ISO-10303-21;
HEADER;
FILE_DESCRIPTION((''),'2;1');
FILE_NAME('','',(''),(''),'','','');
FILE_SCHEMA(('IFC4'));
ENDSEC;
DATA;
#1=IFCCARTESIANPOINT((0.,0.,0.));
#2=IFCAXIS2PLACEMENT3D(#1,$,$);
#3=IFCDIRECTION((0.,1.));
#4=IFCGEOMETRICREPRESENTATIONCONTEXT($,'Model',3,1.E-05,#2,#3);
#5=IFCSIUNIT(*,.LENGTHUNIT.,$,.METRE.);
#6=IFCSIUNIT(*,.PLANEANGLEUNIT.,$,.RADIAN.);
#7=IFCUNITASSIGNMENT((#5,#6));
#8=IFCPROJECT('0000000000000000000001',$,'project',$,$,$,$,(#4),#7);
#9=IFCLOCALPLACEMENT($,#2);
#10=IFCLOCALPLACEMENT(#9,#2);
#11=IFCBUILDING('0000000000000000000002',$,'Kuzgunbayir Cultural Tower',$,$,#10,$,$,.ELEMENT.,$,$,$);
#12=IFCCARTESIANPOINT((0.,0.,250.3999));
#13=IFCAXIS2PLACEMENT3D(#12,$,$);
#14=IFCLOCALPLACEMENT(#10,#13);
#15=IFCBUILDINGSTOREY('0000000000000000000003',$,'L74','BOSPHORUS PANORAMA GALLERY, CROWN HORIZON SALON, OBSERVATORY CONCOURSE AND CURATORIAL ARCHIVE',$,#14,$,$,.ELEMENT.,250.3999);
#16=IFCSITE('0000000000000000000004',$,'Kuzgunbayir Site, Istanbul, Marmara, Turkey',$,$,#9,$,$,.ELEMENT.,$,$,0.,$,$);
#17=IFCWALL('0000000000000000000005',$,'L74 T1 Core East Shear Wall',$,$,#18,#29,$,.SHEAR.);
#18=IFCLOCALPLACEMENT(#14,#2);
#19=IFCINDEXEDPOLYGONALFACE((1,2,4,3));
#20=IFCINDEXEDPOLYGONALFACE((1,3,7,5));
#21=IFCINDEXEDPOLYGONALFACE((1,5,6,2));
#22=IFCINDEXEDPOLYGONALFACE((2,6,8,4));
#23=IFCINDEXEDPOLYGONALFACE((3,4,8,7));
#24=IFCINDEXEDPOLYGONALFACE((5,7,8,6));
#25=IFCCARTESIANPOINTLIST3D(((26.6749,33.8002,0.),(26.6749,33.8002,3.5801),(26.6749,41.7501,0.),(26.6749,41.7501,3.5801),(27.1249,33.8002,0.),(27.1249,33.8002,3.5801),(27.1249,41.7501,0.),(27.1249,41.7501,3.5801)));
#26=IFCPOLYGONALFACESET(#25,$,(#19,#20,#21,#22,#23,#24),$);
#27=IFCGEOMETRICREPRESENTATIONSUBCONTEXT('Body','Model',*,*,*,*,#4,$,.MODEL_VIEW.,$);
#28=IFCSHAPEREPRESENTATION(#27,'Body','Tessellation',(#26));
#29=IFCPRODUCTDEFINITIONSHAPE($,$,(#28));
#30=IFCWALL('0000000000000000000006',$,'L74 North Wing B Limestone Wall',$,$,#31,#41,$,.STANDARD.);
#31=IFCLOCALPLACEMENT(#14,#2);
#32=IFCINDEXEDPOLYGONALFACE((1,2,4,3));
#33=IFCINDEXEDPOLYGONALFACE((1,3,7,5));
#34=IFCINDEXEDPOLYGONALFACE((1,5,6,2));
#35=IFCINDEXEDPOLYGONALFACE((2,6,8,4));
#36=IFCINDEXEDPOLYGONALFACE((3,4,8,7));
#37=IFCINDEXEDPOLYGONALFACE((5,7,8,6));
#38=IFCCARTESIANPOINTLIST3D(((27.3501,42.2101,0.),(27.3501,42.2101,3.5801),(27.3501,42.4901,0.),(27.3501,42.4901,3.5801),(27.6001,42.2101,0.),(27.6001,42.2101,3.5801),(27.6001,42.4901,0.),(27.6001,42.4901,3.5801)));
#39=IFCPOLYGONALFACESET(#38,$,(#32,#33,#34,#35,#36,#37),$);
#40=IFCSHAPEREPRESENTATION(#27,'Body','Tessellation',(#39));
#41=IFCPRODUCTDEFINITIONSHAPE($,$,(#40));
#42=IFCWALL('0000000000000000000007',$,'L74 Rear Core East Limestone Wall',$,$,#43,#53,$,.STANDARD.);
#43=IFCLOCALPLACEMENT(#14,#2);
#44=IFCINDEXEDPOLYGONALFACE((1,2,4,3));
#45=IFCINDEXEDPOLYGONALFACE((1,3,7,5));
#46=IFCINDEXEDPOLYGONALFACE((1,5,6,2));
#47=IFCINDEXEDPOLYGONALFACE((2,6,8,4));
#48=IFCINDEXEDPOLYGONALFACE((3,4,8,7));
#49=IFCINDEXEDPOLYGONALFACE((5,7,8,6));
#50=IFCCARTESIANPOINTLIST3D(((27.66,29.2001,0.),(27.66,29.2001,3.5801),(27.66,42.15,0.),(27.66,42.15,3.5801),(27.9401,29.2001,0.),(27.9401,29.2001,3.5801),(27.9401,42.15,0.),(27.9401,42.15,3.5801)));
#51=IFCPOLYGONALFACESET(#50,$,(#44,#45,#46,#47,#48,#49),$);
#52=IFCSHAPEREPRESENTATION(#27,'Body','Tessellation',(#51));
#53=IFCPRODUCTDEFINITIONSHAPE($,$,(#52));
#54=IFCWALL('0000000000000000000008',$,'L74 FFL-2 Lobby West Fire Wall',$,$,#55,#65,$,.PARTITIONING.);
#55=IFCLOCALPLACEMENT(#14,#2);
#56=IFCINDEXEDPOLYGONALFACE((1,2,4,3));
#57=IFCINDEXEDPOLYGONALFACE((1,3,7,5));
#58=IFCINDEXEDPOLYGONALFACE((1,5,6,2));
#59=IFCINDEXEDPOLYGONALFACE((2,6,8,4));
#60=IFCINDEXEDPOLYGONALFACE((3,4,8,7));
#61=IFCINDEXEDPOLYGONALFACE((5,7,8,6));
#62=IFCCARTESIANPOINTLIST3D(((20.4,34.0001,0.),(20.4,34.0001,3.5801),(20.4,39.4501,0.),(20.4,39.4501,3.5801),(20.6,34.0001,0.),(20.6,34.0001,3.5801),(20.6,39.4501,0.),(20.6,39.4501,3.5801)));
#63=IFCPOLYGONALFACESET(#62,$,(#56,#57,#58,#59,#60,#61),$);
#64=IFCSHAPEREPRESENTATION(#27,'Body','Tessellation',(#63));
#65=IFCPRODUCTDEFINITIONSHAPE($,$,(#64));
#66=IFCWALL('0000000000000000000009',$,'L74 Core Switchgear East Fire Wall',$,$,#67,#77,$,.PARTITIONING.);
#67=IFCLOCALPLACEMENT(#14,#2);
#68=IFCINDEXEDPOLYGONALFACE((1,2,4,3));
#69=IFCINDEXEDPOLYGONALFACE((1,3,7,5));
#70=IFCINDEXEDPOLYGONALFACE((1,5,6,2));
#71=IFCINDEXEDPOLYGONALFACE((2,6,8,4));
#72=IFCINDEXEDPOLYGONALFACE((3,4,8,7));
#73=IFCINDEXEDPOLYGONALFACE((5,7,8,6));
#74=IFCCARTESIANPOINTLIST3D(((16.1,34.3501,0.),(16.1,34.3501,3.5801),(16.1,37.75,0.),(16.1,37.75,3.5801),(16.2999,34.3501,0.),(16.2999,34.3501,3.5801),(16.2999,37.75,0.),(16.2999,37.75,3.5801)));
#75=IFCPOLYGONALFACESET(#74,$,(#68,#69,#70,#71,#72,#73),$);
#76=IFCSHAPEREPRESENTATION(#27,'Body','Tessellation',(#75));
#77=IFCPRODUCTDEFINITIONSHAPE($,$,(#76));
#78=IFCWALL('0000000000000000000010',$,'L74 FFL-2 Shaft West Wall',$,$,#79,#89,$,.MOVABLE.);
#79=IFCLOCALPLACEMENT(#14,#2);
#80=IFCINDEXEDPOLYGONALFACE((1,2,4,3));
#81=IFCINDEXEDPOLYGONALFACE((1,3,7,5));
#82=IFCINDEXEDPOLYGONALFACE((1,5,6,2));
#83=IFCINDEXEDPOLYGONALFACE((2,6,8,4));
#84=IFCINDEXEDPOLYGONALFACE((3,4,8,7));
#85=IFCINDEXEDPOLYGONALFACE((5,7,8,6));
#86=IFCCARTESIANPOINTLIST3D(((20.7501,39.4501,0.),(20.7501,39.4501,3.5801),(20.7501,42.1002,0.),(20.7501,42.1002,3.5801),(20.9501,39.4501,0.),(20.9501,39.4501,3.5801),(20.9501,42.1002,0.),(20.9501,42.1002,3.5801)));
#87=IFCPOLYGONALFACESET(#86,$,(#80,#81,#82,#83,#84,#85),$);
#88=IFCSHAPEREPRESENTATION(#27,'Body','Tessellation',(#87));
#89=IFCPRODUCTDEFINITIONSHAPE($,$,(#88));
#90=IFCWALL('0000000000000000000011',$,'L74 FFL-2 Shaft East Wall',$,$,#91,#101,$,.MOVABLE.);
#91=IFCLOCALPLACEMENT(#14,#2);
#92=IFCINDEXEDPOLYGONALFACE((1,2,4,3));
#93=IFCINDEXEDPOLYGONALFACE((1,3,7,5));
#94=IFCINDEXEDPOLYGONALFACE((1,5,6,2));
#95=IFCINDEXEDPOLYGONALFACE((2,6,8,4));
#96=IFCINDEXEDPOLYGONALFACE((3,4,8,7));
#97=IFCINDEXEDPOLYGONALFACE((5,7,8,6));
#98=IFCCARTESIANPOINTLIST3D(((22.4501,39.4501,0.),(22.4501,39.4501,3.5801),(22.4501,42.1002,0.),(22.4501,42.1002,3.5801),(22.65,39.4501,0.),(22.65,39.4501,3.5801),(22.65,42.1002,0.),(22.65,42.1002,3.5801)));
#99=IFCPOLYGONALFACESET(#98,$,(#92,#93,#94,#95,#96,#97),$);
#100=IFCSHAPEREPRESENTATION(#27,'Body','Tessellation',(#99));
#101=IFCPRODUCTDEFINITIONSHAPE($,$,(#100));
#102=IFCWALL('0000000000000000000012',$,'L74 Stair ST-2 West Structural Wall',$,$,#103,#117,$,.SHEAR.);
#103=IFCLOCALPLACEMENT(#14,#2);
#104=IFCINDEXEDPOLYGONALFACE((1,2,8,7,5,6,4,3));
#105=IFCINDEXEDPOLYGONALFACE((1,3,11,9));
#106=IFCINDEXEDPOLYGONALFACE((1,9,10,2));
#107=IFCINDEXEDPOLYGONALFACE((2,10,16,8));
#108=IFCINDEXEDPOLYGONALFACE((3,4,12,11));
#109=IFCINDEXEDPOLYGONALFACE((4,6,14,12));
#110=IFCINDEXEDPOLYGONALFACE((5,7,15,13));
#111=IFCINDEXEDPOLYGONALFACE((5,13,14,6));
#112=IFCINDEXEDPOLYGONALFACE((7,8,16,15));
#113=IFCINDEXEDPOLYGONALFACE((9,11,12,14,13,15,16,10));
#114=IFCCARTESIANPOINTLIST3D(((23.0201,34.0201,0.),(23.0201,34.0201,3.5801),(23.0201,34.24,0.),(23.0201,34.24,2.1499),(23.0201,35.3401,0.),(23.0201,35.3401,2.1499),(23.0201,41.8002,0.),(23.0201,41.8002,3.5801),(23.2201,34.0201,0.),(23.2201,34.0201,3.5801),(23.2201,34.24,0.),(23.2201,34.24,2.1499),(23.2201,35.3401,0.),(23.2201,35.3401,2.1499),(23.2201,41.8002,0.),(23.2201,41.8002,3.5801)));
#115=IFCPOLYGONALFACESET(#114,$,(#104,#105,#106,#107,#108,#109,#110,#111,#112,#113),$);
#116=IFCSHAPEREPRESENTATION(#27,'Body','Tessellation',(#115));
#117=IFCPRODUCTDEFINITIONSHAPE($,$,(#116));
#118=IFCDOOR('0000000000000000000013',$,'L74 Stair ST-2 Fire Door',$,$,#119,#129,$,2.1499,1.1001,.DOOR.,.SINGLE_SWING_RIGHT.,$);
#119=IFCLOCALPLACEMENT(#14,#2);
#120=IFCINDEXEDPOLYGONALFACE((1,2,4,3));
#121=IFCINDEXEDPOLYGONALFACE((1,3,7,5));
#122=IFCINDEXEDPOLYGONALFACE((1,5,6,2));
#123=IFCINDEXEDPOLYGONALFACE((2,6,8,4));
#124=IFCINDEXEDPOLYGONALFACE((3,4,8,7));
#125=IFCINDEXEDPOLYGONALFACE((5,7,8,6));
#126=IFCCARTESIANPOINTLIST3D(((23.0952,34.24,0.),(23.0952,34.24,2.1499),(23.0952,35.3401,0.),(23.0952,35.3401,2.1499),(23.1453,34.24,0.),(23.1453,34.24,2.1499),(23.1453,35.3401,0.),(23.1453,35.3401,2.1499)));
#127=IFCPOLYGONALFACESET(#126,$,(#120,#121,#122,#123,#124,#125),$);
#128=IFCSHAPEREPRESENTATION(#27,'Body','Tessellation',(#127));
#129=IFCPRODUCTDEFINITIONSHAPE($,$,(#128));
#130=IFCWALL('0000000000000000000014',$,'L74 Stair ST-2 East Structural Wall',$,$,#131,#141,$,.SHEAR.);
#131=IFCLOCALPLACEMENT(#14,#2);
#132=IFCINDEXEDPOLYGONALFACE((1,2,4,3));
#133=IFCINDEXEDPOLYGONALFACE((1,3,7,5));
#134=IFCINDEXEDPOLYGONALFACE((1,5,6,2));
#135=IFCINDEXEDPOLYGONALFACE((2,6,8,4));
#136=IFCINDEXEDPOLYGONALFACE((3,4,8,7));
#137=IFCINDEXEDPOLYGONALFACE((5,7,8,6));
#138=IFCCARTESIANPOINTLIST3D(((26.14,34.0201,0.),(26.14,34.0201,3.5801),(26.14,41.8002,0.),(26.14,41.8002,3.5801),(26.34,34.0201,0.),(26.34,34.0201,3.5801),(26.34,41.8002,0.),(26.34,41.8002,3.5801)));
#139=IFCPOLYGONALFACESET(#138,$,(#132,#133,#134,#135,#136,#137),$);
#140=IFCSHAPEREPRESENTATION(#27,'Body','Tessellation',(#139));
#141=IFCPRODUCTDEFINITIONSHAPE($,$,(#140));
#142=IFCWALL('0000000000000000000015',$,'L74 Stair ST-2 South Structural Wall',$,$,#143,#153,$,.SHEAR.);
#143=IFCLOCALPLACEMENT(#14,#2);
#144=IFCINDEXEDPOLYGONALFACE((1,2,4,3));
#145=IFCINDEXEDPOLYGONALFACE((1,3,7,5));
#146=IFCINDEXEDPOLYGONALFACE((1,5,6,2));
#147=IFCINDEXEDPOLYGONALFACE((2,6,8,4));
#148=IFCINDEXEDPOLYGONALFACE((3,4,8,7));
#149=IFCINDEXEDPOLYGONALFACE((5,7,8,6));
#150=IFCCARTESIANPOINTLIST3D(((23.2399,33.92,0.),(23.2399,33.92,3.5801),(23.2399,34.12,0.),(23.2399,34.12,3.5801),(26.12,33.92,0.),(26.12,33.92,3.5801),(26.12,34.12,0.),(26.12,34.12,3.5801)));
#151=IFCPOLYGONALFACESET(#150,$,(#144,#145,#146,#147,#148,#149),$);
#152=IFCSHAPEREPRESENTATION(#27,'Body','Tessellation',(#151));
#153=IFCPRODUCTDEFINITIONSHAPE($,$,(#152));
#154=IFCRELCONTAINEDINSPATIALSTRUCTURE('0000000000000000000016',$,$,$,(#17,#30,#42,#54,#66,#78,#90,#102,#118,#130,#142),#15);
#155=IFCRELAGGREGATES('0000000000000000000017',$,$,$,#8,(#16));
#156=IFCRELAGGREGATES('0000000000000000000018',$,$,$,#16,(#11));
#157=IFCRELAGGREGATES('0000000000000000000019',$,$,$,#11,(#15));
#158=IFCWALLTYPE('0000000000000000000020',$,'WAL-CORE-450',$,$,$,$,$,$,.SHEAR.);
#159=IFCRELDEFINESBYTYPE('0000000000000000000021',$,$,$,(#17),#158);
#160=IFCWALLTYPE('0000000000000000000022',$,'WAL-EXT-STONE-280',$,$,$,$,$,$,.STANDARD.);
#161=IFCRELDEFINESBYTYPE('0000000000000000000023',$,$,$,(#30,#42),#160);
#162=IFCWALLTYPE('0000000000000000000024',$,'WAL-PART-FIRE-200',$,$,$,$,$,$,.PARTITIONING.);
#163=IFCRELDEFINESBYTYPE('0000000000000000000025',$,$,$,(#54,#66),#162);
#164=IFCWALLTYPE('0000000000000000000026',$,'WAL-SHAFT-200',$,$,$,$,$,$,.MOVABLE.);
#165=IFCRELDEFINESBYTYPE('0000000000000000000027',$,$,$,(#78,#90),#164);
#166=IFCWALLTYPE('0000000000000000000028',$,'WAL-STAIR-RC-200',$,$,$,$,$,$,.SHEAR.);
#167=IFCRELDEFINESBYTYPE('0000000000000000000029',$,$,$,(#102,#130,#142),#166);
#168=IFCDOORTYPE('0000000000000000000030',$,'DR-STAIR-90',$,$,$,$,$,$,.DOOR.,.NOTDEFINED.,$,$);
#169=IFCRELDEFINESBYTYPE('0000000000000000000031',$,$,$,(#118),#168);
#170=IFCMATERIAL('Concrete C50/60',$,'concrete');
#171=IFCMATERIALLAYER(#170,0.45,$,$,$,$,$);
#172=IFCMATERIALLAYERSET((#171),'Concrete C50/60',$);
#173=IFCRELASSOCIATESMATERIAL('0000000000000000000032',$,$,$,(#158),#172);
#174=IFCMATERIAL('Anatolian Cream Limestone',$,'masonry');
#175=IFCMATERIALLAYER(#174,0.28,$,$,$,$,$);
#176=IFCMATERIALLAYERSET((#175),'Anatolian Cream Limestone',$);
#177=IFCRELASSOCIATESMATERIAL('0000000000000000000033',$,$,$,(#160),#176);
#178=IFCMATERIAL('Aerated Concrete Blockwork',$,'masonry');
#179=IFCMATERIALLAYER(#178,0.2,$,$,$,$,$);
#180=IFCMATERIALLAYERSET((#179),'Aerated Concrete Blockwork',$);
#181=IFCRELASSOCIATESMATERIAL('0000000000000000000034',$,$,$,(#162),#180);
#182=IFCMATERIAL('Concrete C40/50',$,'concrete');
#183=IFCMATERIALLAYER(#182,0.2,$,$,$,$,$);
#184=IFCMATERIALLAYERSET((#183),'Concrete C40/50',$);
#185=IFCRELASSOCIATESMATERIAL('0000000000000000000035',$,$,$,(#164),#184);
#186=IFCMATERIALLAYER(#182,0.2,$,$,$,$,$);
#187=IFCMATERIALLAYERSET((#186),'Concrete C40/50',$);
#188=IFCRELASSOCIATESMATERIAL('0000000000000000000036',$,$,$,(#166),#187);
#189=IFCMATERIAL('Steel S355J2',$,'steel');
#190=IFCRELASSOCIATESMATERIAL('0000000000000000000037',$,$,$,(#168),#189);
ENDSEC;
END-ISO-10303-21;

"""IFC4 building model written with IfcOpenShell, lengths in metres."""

from ifc_helpers import new_model, si_unit, direction, frame, frame_2d, origin, place, context, subcontext, project, spatial, rectangle, extrude, material, layer, layer_set, type_object, element, fill, save


model = new_model("IFC4")

# Units and contexts
model_context = context("Model", 3, precision=1e-05, world=origin(), true_north=direction((0.0, 1.0)))
body_context = subcontext(model_context, "Body", "Model", "MODEL_VIEW")
ifc_project = project(units=[si_unit("LENGTHUNIT", "METRE"), si_unit("PLANEANGLEUNIT", "RADIAN")], contexts=[model_context])

# Site, building, storey
site_placement = place(None, origin())
site = spatial("IfcSite", under=ifc_project, at=site_placement, Name="Kuzgunbayir Site, Istanbul, Marmara, Turkey", CompositionType="ELEMENT", RefElevation=0.0)
building_placement = place(site_placement, origin())
building = spatial("IfcBuilding", under=site, at=building_placement, Name="Kuzgunbayir Cultural Tower", CompositionType="ELEMENT")
storey_placement = place(building_placement, frame((0.0, 0.0, 250.3999)))
storey = spatial("IfcBuildingStorey", under=building, at=storey_placement, Name="L74", Description="BOSPHORUS PANORAMA GALLERY, CROWN HORIZON SALON, OBSERVATORY CONCOURSE AND CURATORIAL ARCHIVE", CompositionType="ELEMENT", Elevation=250.3999)

# Shared definitions
ifc_material_1 = material(Name="Concrete C50/60", Category="concrete")

# Shared definitions
ifc_material_2 = material(Name="Steel S355J2", Category="steel")

# Walls
ifc_layer_1 = layer(ifc_material_1, 0.45)
ifc_layer_set_1 = layer_set([ifc_layer_1], Name="Concrete C50/60")
wall_type_1 = type_object("IfcWallType", Name="WAL-CORE-450", PredefinedType="SHEAR", material=ifc_layer_set_1)
wall_1_placement = place(storey_placement, frame((26.8999, 33.8, 0.0), z_axis=(0.0, 0.0, 1.0), x_axis=(0.0, 1.0, 0.0)))
element("IfcWall", 1, at=wall_1_placement, inside=storey, type_object=wall_type_1, Name="L74 T1 Core East Shear Wall", PredefinedType="SHEAR", context=body_context, shape_type="SweptSolid", body=[
    extrude(rectangle(XDim=7.95, YDim=0.45, at=frame_2d((3.9751, 0.0))), origin(), (0.0, 0.0, 1.0), 3.5801),
])
ifc_material_3 = material(Name="Anatolian Cream Limestone", Category="masonry")
ifc_layer_2 = layer(ifc_material_3, 0.28)
ifc_layer_set_2 = layer_set([ifc_layer_2], Name="Anatolian Cream Limestone")
wall_type_2 = type_object("IfcWallType", Name="WAL-EXT-STONE-280", PredefinedType="STANDARD", material=ifc_layer_set_2)
wall_2_placement = place(storey_placement, frame((27.6001, 42.3501, 0.0), z_axis=(0.0, 0.0, 1.0), x_axis=(-1.0, 0.0, 0.0)))
element("IfcWall", 2, at=wall_2_placement, inside=storey, type_object=wall_type_2, Name="L74 North Wing B Limestone Wall", PredefinedType="STANDARD", context=body_context, shape_type="SweptSolid", body=[
    extrude(rectangle(XDim=0.25, YDim=0.28, at=frame_2d((0.125, 0.0))), origin(), (0.0, 0.0, 1.0), 3.5801),
])
wall_3_placement = place(storey_placement, frame((27.8, 29.2, 0.0), z_axis=(0.0, 0.0, 1.0), x_axis=(0.0, 1.0, 0.0)))
element("IfcWall", 3, at=wall_3_placement, inside=storey, type_object=wall_type_2, Name="L74 Rear Core East Limestone Wall", PredefinedType="STANDARD", context=body_context, shape_type="SweptSolid", body=[
    extrude(rectangle(XDim=12.95, YDim=0.28, at=frame_2d((6.4751, 0.0))), origin(), (0.0, 0.0, 1.0), 3.5801),
])
ifc_material_4 = material(Name="Aerated Concrete Blockwork", Category="masonry")
ifc_layer_3 = layer(ifc_material_4, 0.2)
ifc_layer_set_3 = layer_set([ifc_layer_3], Name="Aerated Concrete Blockwork")
wall_type_3 = type_object("IfcWallType", Name="WAL-PART-FIRE-200", PredefinedType="PARTITIONING", material=ifc_layer_set_3)
wall_4_placement = place(storey_placement, frame((20.5, 34.0, 0.0), z_axis=(0.0, 0.0, 1.0), x_axis=(0.0, 1.0, 0.0)))
element("IfcWall", 4, at=wall_4_placement, inside=storey, type_object=wall_type_3, Name="L74 FFL-2 Lobby West Fire Wall", PredefinedType="PARTITIONING", context=body_context, shape_type="SweptSolid", body=[
    extrude(rectangle(XDim=5.45, YDim=0.2, at=frame_2d((2.7251, 0.0))), origin(), (0.0, 0.0, 1.0), 3.5801),
])

# Wall
wall_5_placement = place(storey_placement, frame((16.2, 34.3501, 0.0), z_axis=(0.0, 0.0, 1.0), x_axis=(0.0, 1.0, 0.0)))
element("IfcWall", 5, at=wall_5_placement, inside=storey, type_object=wall_type_3, Name="L74 Core Switchgear East Fire Wall", PredefinedType="PARTITIONING", context=body_context, shape_type="SweptSolid", body=[
    extrude(rectangle(XDim=3.3999, YDim=0.2, at=frame_2d((1.7, 0.0))), origin(), (0.0, 0.0, 1.0), 3.5801),
])

# Shared definitions
ifc_material_5 = material(Name="Concrete C40/50", Category="concrete")
ifc_layer_4 = layer(ifc_material_5, 0.2)
ifc_layer_set_4 = layer_set([ifc_layer_4], Name="Concrete C40/50")
wall_type_4 = type_object("IfcWallType", Name="WAL-SHAFT-200", PredefinedType="MOVABLE", material=ifc_layer_set_4)

# Walls
for number, where, z_axis, x_axis, name in (
    (6, (20.8501, 39.45, 0.0), (0.0, 0.0, 1.0), (0.0, 1.0, 0.0), "L74 FFL-2 Shaft West Wall"),
    (7, (22.55, 39.45, 0.0), (0.0, 0.0, 1.0), (0.0, 1.0, 0.0), "L74 FFL-2 Shaft East Wall"),
):
    element("IfcWall", number, at=place(storey_placement, frame(where, z_axis=z_axis, x_axis=x_axis)), inside=storey, type_object=wall_type_4, Name=name, PredefinedType="MOVABLE", context=body_context, shape_type="SweptSolid", body=[
        extrude(rectangle(XDim=2.6501, YDim=0.2, at=frame_2d((1.3252, 0.0))), origin(), (0.0, 0.0, 1.0), 3.5801),
    ])

# Wall, opening, door
ifc_layer_5 = layer(ifc_material_5, 0.2)
ifc_layer_set_5 = layer_set([ifc_layer_5], Name="Concrete C40/50")
wall_type_5 = type_object("IfcWallType", Name="WAL-STAIR-RC-200", PredefinedType="SHEAR", material=ifc_layer_set_5)
wall_6_placement = place(storey_placement, frame((23.1201, 34.02, 0.0), z_axis=(0.0, 0.0, 1.0), x_axis=(0.0, 1.0, 0.0)))
wall_6 = element("IfcWall", 8, at=wall_6_placement, inside=storey, type_object=wall_type_5, Name="L74 Stair ST-2 West Structural Wall", PredefinedType="SHEAR", context=body_context, shape_type="SweptSolid", body=[
    extrude(rectangle(XDim=7.78, YDim=0.2, at=frame_2d((3.8901, 0.0))), origin(), (0.0, 0.0, 1.0), 3.5801),
])
opening_1_placement = place(wall_6_placement, frame((0.22, 0.0, 0.0)))
opening_1 = element("IfcOpeningElement", 9, at=opening_1_placement, cuts=wall_6, PredefinedType="OPENING", context=body_context, shape_type="SweptSolid", body=[
    extrude(rectangle(XDim=1.1001, YDim=2.1499, at=frame_2d((0.55, 1.075))), frame((0.0, 0.1099, 0.0), z_axis=(0.0, -1.0, 0.0), x_axis=(1.0, 0.0, 0.0)), (0.0, 0.0, 1.0), 0.22),
])
door_type_1 = type_object("IfcDoorType", Name="DR-STAIR-90", OperationType="NOTDEFINED", PredefinedType="DOOR", material=ifc_material_2)
door_1_placement = place(opening_1_placement, origin())
door_1 = element("IfcDoor", 10, at=door_1_placement, inside=storey, type_object=door_type_1, Name="L74 Stair ST-2 Fire Door", OperationType="SINGLE_SWING_RIGHT", OverallHeight=2.1499, OverallWidth=1.1001, PredefinedType="DOOR", context=body_context, shape_type="SweptSolid", body=[
    extrude(rectangle(XDim=1.1001, YDim=2.1499, at=frame_2d((0.55, 1.075))), frame((0.0, 0.0249, 0.0), z_axis=(0.0, -1.0, 0.0), x_axis=(1.0, 0.0, 0.0)), (0.0, 0.0, 1.0), 0.05),
])
fill(opening_1, door_1)

# Walls
wall_7_placement = place(storey_placement, frame((26.24, 34.02, 0.0), z_axis=(0.0, 0.0, 1.0), x_axis=(0.0, 1.0, 0.0)))
element("IfcWall", 11, at=wall_7_placement, inside=storey, type_object=wall_type_5, Name="L74 Stair ST-2 East Structural Wall", PredefinedType="SHEAR", context=body_context, shape_type="SweptSolid", body=[
    extrude(rectangle(XDim=7.78, YDim=0.2, at=frame_2d((3.8901, 0.0))), origin(), (0.0, 0.0, 1.0), 3.5801),
])
wall_8_placement = place(storey_placement, frame((23.24, 34.02, 0.0), z_axis=(0.0, 0.0, 1.0), x_axis=(1.0, 0.0, 0.0)))
element("IfcWall", 12, at=wall_8_placement, inside=storey, type_object=wall_type_5, Name="L74 Stair ST-2 South Structural Wall", PredefinedType="SHEAR", context=body_context, shape_type="SweptSolid", body=[
    extrude(rectangle(XDim=2.8801, YDim=0.2, at=frame_2d((1.4399, 0.0))), origin(), (0.0, 0.0, 1.0), 3.5801),
])

save(model, "model.ifc")
